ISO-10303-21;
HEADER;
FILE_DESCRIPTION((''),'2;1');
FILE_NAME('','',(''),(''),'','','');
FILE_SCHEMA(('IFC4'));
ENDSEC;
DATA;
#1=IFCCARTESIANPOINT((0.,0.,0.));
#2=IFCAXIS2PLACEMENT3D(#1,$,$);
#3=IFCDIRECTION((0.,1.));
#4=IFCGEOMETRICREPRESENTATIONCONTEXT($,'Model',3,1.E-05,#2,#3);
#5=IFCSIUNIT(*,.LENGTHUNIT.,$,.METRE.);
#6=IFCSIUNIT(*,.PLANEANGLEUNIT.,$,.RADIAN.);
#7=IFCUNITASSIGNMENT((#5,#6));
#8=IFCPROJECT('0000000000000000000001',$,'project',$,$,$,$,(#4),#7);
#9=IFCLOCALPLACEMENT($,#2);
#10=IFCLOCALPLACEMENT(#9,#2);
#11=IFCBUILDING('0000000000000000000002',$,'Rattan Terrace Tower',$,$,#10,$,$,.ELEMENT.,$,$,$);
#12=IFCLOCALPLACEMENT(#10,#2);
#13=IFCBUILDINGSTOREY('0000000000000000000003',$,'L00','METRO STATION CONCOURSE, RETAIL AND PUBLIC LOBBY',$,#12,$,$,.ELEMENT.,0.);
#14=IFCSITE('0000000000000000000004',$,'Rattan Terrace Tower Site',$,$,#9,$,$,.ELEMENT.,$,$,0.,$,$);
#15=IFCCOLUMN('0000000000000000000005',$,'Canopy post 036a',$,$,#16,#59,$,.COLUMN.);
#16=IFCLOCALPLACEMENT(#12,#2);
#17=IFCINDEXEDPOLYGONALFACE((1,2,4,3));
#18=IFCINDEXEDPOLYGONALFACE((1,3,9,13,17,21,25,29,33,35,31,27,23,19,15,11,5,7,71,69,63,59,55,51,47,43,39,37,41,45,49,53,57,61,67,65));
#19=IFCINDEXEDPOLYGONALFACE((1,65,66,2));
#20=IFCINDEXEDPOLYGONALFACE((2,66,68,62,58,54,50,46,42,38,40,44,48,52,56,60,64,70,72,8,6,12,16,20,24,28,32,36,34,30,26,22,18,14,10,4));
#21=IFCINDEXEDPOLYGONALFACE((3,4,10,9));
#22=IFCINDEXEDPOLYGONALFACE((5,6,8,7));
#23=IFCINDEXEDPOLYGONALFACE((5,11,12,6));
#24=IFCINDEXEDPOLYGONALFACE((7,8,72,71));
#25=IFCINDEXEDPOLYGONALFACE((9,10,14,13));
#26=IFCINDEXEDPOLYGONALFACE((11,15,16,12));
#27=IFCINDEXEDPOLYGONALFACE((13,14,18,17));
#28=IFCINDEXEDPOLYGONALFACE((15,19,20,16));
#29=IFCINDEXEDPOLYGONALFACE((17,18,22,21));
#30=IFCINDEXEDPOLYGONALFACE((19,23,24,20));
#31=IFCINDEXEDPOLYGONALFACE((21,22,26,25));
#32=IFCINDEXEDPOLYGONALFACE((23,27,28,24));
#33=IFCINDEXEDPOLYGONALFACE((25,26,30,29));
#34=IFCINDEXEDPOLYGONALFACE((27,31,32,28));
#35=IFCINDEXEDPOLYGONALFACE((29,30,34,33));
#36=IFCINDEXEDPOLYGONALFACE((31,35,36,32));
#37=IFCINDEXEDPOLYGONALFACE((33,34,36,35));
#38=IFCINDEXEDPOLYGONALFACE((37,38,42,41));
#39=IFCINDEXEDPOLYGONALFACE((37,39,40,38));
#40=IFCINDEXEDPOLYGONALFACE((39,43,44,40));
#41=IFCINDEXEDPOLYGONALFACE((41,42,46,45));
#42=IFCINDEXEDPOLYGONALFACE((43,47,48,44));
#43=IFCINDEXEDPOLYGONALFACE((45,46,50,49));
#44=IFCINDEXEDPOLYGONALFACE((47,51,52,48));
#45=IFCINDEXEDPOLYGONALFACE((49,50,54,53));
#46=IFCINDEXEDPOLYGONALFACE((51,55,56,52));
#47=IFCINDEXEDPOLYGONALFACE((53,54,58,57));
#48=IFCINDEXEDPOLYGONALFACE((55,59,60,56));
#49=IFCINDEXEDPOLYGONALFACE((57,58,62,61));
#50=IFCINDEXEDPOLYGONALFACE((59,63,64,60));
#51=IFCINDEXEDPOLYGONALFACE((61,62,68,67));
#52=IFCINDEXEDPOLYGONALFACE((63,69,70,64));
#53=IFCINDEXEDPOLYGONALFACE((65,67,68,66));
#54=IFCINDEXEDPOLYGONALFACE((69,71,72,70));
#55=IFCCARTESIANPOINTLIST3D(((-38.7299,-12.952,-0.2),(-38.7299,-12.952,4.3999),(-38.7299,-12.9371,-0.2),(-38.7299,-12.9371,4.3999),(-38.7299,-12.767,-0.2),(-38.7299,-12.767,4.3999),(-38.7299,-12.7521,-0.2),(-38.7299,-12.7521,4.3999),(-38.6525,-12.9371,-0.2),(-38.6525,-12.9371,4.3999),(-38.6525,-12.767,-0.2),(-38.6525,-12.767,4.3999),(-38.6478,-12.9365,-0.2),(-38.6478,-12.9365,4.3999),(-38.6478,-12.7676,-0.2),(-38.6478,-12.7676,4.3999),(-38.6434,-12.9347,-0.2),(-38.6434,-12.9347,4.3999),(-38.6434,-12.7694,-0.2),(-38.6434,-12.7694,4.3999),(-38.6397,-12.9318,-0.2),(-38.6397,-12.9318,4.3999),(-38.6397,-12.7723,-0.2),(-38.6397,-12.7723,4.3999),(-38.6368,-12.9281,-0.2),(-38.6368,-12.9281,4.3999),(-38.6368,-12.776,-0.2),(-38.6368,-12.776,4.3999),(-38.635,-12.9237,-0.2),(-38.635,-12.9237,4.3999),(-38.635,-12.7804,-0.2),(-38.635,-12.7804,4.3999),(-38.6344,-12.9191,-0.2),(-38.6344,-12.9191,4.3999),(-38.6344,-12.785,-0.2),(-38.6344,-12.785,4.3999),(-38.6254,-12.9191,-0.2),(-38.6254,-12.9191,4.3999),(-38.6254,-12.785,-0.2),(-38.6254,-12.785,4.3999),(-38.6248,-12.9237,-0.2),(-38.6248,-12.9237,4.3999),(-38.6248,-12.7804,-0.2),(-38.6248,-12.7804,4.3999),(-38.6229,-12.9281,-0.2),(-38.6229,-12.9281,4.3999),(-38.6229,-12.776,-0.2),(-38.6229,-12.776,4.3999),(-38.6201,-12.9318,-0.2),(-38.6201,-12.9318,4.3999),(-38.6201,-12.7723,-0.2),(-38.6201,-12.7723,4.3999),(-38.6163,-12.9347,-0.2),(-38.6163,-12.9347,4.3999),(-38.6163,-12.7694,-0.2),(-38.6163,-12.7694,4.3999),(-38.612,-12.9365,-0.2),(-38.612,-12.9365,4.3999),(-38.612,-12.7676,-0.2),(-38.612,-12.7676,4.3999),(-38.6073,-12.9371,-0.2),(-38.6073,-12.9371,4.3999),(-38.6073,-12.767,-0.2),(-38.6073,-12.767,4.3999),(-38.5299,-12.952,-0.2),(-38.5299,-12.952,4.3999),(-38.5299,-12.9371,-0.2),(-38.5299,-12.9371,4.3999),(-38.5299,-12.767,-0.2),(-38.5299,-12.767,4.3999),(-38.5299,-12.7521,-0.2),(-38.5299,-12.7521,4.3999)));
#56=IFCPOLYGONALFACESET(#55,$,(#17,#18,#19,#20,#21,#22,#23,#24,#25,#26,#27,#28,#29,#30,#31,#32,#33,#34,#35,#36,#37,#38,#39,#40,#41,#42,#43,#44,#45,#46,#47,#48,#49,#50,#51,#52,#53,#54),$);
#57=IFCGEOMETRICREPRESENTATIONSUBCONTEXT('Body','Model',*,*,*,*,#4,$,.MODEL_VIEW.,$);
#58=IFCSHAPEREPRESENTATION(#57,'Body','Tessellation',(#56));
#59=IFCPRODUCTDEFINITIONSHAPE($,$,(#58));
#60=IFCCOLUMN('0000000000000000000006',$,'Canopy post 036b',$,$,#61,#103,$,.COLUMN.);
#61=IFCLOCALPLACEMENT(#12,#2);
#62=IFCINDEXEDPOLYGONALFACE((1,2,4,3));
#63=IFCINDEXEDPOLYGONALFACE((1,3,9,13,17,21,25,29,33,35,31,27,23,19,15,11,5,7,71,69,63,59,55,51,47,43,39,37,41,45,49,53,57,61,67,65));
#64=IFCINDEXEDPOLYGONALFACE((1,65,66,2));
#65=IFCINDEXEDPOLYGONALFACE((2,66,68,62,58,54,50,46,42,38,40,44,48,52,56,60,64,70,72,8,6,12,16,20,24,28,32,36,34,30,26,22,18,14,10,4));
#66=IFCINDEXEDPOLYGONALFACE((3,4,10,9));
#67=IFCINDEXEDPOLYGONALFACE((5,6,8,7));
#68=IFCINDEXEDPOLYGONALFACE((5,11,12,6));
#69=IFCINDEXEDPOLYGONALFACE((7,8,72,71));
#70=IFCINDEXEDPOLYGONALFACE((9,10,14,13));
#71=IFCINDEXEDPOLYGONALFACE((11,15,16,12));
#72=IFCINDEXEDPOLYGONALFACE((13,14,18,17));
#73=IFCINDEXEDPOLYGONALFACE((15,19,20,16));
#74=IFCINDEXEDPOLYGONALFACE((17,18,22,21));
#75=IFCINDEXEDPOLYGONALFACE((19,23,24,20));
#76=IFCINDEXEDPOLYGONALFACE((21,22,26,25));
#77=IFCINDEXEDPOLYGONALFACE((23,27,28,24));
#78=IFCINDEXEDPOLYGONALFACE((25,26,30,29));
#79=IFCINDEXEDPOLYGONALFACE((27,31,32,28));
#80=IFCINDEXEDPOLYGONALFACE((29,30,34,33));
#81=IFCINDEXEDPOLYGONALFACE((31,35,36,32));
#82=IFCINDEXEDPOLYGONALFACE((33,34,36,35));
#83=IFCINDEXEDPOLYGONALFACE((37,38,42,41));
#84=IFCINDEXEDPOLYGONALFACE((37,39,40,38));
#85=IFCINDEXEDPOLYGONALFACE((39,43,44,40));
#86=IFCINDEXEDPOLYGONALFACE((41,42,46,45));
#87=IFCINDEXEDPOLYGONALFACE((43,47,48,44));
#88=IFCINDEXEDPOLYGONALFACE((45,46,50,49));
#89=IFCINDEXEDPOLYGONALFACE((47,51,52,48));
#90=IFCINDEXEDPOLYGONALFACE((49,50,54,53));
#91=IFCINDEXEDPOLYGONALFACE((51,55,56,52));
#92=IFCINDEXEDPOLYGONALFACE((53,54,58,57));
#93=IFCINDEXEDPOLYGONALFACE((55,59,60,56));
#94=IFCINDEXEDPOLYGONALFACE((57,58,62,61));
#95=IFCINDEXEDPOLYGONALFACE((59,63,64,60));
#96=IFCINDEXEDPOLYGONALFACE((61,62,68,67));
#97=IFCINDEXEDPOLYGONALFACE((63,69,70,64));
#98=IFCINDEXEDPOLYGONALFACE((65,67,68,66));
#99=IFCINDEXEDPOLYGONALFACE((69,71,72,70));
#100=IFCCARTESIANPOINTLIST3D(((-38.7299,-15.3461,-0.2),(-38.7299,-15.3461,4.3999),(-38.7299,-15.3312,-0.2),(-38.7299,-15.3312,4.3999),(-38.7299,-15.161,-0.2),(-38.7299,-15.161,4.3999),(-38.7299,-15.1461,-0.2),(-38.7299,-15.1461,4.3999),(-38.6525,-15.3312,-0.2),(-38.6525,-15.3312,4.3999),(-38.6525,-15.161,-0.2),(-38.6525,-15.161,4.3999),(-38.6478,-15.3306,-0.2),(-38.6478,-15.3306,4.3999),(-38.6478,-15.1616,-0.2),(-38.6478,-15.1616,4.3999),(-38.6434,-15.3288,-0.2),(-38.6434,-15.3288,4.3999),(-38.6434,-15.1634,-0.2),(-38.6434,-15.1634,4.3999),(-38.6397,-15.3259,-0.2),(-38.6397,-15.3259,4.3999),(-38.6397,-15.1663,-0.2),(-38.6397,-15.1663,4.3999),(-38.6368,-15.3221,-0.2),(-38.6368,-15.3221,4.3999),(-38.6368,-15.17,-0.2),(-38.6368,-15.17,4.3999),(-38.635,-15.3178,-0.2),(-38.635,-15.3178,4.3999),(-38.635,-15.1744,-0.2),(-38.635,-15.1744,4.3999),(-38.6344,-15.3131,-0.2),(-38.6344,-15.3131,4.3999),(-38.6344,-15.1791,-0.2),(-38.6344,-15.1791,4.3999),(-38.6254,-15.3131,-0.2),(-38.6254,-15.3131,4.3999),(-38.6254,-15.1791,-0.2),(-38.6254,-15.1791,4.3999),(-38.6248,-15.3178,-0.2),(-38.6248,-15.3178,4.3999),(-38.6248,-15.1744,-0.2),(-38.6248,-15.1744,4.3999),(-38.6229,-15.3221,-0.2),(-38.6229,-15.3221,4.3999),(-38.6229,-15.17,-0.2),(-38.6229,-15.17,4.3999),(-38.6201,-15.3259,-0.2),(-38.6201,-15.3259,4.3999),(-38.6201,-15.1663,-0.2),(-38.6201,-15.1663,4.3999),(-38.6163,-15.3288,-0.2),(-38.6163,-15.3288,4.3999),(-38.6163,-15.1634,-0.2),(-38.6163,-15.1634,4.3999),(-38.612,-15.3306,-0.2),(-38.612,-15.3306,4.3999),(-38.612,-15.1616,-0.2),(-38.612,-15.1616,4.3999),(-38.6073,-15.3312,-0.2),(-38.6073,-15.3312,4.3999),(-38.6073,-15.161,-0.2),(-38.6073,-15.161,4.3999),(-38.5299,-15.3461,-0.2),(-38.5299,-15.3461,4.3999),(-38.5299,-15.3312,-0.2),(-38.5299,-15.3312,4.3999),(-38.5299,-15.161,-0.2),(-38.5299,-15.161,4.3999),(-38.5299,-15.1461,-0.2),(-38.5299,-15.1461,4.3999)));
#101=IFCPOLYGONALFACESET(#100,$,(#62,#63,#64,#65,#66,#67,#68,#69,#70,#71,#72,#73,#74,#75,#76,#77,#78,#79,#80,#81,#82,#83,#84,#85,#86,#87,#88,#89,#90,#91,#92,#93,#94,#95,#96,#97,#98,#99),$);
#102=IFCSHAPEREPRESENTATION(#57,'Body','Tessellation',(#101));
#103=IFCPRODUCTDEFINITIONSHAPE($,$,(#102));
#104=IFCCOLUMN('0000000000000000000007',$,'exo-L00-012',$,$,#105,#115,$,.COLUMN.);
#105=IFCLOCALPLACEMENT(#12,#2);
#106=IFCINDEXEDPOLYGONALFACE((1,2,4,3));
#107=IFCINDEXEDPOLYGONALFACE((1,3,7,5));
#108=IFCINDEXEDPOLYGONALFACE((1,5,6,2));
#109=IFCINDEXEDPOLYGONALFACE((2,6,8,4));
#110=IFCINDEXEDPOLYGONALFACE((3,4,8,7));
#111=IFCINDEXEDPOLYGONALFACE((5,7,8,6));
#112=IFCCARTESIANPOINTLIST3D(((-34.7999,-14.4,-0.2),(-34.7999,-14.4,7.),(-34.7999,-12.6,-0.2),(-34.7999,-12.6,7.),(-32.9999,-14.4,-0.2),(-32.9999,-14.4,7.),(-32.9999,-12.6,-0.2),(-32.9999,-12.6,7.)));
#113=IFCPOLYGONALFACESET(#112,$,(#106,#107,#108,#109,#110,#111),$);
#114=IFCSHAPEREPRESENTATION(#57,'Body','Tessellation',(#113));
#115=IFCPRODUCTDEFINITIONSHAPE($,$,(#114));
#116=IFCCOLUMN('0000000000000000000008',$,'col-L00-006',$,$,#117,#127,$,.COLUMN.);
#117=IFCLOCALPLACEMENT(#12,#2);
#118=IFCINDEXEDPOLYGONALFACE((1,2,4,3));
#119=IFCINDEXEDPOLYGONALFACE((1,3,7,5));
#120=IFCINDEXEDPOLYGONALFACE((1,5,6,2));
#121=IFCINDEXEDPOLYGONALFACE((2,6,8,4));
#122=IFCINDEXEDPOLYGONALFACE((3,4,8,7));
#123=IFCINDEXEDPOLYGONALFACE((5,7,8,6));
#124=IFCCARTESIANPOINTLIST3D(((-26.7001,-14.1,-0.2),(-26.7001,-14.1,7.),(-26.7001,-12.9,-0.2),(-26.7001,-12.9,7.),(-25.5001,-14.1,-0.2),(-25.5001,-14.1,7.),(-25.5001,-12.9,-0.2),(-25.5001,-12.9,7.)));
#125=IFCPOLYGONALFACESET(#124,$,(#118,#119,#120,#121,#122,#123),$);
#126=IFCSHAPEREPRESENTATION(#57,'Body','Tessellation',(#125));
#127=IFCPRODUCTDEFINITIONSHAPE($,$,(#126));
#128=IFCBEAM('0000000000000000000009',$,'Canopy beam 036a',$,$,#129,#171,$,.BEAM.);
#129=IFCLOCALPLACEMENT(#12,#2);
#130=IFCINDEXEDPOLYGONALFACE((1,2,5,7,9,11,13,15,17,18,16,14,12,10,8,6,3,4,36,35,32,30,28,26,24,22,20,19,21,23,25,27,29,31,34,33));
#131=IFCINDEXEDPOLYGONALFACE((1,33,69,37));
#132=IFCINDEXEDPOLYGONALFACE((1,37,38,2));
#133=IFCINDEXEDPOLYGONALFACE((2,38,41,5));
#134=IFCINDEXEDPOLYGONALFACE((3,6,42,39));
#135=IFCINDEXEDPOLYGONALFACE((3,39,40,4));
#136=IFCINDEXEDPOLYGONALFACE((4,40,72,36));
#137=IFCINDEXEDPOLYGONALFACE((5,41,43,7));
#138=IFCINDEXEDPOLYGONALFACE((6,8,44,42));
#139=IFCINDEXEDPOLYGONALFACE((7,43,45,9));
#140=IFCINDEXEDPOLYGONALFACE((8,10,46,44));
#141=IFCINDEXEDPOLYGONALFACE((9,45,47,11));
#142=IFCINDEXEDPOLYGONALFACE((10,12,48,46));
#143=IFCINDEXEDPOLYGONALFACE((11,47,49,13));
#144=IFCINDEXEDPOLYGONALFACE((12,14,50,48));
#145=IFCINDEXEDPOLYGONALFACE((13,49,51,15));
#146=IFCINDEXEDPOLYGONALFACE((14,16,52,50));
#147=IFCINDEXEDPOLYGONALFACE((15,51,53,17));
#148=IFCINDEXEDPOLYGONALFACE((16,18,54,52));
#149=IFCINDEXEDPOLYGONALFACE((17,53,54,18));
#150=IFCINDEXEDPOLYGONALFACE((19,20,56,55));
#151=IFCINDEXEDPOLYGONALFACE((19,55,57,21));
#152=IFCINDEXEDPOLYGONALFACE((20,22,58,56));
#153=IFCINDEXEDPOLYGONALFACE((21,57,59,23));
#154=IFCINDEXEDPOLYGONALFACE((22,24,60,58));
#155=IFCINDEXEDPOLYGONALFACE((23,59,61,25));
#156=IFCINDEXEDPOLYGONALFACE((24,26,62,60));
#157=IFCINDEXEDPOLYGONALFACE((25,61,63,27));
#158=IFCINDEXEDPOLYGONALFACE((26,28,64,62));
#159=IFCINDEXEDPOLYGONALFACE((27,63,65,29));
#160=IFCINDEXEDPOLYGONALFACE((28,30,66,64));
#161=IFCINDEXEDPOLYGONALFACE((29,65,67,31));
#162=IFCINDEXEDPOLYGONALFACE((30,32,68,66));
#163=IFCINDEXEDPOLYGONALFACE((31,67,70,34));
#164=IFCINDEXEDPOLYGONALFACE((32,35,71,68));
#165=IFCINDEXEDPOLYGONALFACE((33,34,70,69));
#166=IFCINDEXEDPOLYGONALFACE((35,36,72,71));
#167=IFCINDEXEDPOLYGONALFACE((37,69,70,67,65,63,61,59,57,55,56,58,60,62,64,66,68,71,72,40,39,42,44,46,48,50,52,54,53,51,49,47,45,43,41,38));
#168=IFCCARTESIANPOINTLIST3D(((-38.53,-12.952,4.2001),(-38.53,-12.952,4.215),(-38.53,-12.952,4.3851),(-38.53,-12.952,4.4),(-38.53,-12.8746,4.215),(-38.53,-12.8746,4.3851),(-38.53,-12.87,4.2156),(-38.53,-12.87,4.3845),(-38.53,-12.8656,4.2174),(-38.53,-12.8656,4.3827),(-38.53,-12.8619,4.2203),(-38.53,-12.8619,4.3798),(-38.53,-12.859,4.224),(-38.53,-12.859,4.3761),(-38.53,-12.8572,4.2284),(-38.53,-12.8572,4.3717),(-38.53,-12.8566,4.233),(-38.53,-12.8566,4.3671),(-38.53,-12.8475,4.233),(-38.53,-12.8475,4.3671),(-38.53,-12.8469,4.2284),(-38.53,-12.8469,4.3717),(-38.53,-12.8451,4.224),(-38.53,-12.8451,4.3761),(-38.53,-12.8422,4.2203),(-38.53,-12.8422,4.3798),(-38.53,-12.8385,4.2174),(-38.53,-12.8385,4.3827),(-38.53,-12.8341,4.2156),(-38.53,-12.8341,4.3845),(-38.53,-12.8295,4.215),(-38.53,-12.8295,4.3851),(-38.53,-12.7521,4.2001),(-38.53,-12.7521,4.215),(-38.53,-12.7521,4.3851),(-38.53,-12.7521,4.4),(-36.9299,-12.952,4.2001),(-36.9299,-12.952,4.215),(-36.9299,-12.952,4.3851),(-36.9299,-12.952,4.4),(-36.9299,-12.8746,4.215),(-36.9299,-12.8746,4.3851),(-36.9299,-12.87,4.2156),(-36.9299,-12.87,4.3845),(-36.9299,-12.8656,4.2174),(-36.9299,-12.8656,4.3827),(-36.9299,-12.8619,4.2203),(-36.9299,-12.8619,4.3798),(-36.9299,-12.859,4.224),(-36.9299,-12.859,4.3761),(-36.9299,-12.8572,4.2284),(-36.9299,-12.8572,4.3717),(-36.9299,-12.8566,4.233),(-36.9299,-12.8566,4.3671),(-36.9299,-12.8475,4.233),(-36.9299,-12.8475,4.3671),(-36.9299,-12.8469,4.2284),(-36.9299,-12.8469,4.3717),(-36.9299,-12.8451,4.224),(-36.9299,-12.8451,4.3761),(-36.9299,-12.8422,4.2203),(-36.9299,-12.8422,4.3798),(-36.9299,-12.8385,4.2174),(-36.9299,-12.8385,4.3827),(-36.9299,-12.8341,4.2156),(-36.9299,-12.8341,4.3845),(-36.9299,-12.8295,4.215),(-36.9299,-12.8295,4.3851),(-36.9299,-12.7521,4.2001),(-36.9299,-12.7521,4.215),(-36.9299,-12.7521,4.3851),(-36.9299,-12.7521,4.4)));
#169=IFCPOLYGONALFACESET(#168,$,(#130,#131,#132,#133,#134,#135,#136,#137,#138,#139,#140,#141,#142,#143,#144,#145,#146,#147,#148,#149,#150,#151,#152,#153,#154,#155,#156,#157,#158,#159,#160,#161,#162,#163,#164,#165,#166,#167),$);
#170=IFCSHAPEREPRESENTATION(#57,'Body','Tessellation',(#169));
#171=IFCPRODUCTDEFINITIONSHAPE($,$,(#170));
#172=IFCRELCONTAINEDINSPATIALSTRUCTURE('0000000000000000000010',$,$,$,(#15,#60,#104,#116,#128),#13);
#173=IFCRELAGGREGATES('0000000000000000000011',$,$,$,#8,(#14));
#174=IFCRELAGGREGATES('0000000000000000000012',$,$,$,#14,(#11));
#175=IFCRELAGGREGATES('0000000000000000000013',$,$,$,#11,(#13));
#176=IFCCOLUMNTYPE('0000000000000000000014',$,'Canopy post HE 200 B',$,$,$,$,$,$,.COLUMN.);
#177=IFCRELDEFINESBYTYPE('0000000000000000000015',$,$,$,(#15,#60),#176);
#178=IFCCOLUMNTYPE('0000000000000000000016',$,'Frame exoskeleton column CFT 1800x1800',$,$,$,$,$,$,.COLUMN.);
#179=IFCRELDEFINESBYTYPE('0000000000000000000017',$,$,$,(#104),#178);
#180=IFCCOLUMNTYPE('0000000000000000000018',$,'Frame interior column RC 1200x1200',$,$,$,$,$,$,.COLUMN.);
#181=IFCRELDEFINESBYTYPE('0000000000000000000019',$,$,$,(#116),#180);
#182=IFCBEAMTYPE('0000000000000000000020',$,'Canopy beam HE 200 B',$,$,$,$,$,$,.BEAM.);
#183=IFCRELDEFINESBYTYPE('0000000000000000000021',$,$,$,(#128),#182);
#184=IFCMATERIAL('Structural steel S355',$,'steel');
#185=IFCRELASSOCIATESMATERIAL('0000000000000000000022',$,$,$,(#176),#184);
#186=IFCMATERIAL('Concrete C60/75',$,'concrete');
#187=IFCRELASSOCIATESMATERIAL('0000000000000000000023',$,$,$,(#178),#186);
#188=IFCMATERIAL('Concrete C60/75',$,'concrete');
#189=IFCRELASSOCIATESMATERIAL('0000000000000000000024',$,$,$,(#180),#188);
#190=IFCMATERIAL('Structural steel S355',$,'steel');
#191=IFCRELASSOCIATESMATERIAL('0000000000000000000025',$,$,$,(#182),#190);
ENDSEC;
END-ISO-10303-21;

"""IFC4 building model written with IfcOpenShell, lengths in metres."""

from ifc_helpers import new_model, si_unit, direction, frame, origin, origin_2d, place, context, subcontext, project, spatial, rectangle, i_section, extrude, material, material_profile, profile_set, type_object, element, save


model = new_model("IFC4")

# Units and contexts
model_context = context("Model", 3, precision=1e-05, world=origin(), true_north=direction((0.0, 1.0)))
body_context = subcontext(model_context, "Body", "Model", "MODEL_VIEW")
ifc_project = project(units=[si_unit("LENGTHUNIT", "METRE"), si_unit("PLANEANGLEUNIT", "RADIAN")], contexts=[model_context])

# Site, building, storey
site_placement = place(None, origin())
site = spatial("IfcSite", under=ifc_project, at=site_placement, Name="Rattan Terrace Tower Site", CompositionType="ELEMENT", RefElevation=0.0)
building_placement = place(site_placement, origin())
building = spatial("IfcBuilding", under=site, at=building_placement, Name="Rattan Terrace Tower", CompositionType="ELEMENT")
storey_placement = place(building_placement, origin())
storey = spatial("IfcBuildingStorey", under=building, at=storey_placement, Name="L00", Description="METRO STATION CONCOURSE, RETAIL AND PUBLIC LOBBY", CompositionType="ELEMENT", Elevation=0.0)

# Columns
ifc_material_1 = material(Name="Structural steel S355", Category="steel")
ifc_material_profile_1 = material_profile(ifc_material_1, i_section(OverallWidth=0.2, OverallDepth=0.2, WebThickness=0.009, FlangeThickness=0.0149, FilletRadius=0.0181, at=origin_2d()), Name="HE 200 B")
ifc_profile_set_1 = profile_set([ifc_material_profile_1], Name="Structural steel S355")
column_type_1 = type_object("IfcColumnType", Name="Canopy post HE 200 B", PredefinedType="COLUMN", material=ifc_profile_set_1)
for number, where, z_axis, x_axis, name in (
    (1, (-38.6299, -12.8521, -0.2), (0.0, 0.0, 1.0), (1.0, 0.0, 0.0), "Canopy post 036a"),
    (2, (-38.6299, -15.2461, -0.2), (0.0, 0.0, 1.0), (1.0, 0.0, 0.0), "Canopy post 036b"),
):
    element("IfcColumn", number, at=place(storey_placement, frame(where, z_axis=z_axis, x_axis=x_axis)), inside=storey, type_object=column_type_1, Name=name, PredefinedType="COLUMN", context=body_context, shape_type="SweptSolid", body=[
        extrude(i_section(OverallWidth=0.2, OverallDepth=0.2, WebThickness=0.009, FlangeThickness=0.0149, FilletRadius=0.0181, at=origin_2d()), origin(), (0.0, 0.0, 1.0), 4.5999),
    ])
ifc_material_2 = material(Name="Concrete C60/75", Category="concrete")
ifc_material_profile_2 = material_profile(ifc_material_2, rectangle(XDim=1.8, YDim=1.8, at=origin_2d()), Name="CFT 1800x1800")
ifc_profile_set_2 = profile_set([ifc_material_profile_2], Name="Concrete C60/75")
column_type_2 = type_object("IfcColumnType", Name="Frame exoskeleton column CFT 1800x1800", PredefinedType="COLUMN", material=ifc_profile_set_2)
column_1_placement = place(storey_placement, frame((-33.8999, -13.5, -0.2), z_axis=(0.0, 0.0, 1.0), x_axis=(0.0, 1.0, 0.0)))
element("IfcColumn", 3, at=column_1_placement, inside=storey, type_object=column_type_2, Name="exo-L00-012", PredefinedType="COLUMN", context=body_context, shape_type="SweptSolid", body=[
    extrude(rectangle(XDim=1.8, YDim=1.8, at=origin_2d()), origin(), (0.0, 0.0, 1.0), 7.2),
])
ifc_material_3 = material(Name="Concrete C60/75", Category="concrete")
ifc_material_profile_3 = material_profile(ifc_material_3, rectangle(XDim=1.2, YDim=1.2, at=origin_2d()), Name="RC 1200x1200")
ifc_profile_set_3 = profile_set([ifc_material_profile_3], Name="Concrete C60/75")
column_type_3 = type_object("IfcColumnType", Name="Frame interior column RC 1200x1200", PredefinedType="COLUMN", material=ifc_profile_set_3)
column_2_placement = place(storey_placement, frame((-26.1001, -13.5, -0.2), z_axis=(0.0, 0.0, 1.0), x_axis=(1.0, 0.0, 0.0)))
element("IfcColumn", 4, at=column_2_placement, inside=storey, type_object=column_type_3, Name="col-L00-006", PredefinedType="COLUMN", context=body_context, shape_type="SweptSolid", body=[
    extrude(rectangle(XDim=1.2, YDim=1.2, at=origin_2d()), origin(), (0.0, 0.0, 1.0), 7.2),
])

# Beam
ifc_material_4 = material(Name="Structural steel S355", Category="steel")
ifc_material_profile_4 = material_profile(ifc_material_4, i_section(OverallWidth=0.2, OverallDepth=0.2, WebThickness=0.009, FlangeThickness=0.0149, FilletRadius=0.0181, at=origin_2d()), Name="HE 200 B")
ifc_profile_set_4 = profile_set([ifc_material_profile_4], Name="Structural steel S355")
beam_type_1 = type_object("IfcBeamType", Name="Canopy beam HE 200 B", PredefinedType="BEAM", material=ifc_profile_set_4)
for number, where, z_axis, x_axis, name in (
    (5, (-36.9299, -12.8521, 4.3), (-1.0, 0.0, 0.0), (0.0, -1.0, 0.0), "Canopy beam 036a"),
):
    element("IfcBeam", number, at=place(storey_placement, frame(where, z_axis=z_axis, x_axis=x_axis)), inside=storey, type_object=beam_type_1, Name=name, PredefinedType="BEAM", context=body_context, shape_type="SweptSolid", body=[
        extrude(i_section(OverallWidth=0.2, OverallDepth=0.2, WebThickness=0.009, FlangeThickness=0.0149, FilletRadius=0.0181, at=origin_2d()), origin(), (0.0, 0.0, 1.0), 1.6001),
    ])

save(model, "model.ifc")
